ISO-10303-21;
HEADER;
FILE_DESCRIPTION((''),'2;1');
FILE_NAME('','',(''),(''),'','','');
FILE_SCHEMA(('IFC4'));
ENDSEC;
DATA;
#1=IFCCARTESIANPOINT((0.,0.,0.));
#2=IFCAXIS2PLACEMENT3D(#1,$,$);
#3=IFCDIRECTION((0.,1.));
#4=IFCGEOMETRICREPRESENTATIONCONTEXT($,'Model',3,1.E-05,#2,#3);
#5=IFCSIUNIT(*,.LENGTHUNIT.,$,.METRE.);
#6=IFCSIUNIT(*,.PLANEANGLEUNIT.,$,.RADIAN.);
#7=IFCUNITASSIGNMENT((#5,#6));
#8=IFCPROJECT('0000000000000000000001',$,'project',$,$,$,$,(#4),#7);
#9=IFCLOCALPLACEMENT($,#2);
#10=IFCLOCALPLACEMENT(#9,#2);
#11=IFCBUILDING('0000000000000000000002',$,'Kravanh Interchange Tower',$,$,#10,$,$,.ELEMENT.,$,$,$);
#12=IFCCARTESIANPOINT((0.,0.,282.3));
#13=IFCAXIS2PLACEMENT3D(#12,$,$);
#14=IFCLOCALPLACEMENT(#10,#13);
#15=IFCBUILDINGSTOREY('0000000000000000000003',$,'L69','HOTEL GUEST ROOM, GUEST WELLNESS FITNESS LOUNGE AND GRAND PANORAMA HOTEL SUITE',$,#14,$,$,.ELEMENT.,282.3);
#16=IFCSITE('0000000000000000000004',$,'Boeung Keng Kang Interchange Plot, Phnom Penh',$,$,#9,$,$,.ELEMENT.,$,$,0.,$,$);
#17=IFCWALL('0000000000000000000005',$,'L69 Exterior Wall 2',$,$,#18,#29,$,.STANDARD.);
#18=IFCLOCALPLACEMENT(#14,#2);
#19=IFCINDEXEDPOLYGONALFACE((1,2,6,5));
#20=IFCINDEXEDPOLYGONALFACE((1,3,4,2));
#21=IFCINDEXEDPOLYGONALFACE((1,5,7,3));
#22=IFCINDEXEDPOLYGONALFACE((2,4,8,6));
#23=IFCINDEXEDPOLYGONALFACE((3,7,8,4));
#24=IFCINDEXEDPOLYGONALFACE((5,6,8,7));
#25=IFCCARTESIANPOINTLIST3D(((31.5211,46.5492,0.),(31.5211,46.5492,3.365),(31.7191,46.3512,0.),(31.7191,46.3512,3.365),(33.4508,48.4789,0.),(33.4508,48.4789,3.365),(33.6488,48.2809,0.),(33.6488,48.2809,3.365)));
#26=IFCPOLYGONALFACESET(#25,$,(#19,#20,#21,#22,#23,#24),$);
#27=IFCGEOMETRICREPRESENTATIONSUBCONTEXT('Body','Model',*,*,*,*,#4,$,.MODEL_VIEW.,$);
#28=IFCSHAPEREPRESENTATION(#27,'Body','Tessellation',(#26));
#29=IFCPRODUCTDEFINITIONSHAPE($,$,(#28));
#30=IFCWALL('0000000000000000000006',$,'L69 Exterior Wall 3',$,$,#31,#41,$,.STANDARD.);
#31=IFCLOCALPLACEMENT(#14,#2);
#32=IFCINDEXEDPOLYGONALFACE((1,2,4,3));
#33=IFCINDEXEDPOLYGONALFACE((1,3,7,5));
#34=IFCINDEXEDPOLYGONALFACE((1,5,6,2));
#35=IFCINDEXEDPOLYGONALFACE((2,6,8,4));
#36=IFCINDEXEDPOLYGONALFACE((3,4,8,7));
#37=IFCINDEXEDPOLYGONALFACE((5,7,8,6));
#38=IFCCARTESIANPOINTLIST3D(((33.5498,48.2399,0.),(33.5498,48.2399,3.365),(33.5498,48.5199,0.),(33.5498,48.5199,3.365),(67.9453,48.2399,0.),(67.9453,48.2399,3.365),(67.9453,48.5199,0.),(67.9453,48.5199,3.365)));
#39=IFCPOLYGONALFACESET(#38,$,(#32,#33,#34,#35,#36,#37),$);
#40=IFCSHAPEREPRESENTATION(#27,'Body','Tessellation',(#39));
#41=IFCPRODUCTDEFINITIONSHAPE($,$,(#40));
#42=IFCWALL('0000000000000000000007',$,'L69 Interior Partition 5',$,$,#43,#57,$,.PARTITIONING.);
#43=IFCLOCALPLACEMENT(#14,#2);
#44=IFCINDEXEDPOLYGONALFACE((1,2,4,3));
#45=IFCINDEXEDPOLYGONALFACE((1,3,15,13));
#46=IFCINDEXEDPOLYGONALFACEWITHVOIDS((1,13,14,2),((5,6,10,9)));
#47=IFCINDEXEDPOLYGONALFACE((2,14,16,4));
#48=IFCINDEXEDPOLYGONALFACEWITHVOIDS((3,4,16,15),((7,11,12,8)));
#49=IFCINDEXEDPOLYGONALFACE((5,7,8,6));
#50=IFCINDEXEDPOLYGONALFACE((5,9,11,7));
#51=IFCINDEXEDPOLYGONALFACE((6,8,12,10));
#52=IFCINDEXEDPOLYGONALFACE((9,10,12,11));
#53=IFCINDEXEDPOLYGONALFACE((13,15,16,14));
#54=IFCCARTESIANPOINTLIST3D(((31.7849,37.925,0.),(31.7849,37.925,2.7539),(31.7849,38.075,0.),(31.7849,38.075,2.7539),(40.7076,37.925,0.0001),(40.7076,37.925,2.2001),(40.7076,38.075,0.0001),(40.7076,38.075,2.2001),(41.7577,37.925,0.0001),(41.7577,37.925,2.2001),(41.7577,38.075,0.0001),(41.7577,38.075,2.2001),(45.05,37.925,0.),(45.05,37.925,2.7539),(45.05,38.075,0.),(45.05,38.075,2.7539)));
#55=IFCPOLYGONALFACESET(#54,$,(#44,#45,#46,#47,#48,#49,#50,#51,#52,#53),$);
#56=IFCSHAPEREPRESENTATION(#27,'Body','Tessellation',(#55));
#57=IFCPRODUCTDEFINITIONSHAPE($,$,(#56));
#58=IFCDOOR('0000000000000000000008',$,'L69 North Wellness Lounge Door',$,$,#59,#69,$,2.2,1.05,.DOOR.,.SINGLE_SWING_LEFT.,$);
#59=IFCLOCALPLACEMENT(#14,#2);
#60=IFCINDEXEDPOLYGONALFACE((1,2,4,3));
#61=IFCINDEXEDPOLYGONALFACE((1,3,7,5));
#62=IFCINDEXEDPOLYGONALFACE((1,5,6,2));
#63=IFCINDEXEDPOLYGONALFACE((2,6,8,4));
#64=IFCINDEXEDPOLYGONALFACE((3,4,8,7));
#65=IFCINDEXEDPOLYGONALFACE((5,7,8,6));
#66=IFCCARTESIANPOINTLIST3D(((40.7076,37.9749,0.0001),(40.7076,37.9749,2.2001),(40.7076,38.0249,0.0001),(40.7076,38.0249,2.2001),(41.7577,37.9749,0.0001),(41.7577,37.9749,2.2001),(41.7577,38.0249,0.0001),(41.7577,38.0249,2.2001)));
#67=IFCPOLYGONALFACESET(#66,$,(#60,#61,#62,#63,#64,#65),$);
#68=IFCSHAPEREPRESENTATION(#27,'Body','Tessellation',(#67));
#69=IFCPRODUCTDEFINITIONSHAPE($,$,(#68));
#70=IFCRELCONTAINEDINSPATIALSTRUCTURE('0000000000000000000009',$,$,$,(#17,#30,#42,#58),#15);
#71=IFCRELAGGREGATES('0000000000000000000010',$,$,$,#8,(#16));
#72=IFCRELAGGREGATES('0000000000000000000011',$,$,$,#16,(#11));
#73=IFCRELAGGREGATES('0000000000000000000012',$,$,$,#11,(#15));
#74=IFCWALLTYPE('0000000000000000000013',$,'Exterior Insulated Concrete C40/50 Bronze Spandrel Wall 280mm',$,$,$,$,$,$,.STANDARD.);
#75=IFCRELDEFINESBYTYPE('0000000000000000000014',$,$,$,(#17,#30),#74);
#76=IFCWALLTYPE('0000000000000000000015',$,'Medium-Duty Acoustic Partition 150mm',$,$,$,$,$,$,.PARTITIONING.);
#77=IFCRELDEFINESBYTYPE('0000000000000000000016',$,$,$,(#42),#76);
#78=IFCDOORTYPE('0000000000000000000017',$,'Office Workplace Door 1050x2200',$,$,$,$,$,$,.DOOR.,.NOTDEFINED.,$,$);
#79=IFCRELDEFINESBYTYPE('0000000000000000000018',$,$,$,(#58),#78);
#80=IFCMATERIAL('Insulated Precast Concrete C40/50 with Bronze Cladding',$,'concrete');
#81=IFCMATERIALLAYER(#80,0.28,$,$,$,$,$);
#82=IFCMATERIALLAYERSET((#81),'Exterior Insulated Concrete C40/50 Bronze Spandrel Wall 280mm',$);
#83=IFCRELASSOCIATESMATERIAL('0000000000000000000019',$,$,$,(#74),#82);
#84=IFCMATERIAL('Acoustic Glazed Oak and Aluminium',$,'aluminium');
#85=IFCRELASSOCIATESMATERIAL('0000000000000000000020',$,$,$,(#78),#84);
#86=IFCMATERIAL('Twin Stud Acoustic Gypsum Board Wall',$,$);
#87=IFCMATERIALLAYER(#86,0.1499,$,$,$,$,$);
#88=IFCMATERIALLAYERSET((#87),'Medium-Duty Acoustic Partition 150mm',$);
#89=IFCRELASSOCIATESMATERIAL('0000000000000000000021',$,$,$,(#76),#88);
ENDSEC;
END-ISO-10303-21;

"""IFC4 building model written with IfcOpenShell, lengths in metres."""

from ifc_helpers import new_model, si_unit, direction, frame, frame_2d, origin, place, context, subcontext, project, spatial, rectangle, extrude, material, layer, layer_set, type_object, element, fill, save


model = new_model("IFC4")

# Units and contexts
model_context = context("Model", 3, precision=1e-05, world=origin(), true_north=direction((0.0, 1.0)))
body_context = subcontext(model_context, "Body", "Model", "MODEL_VIEW")
ifc_project = project(units=[si_unit("LENGTHUNIT", "METRE"), si_unit("PLANEANGLEUNIT", "RADIAN")], contexts=[model_context])

# Site, building, storey
site_placement = place(None, origin())
site = spatial("IfcSite", under=ifc_project, at=site_placement, Name="Boeung Keng Kang Interchange Plot, Phnom Penh", CompositionType="ELEMENT", RefElevation=0.0)
building_placement = place(site_placement, origin())
building = spatial("IfcBuilding", under=site, at=building_placement, Name="Kravanh Interchange Tower", CompositionType="ELEMENT")
storey_placement = place(building_placement, frame((0.0, 0.0, 282.3)))
storey = spatial("IfcBuildingStorey", under=building, at=storey_placement, Name="L69", Description="HOTEL GUEST ROOM, GUEST WELLNESS FITNESS LOUNGE AND GRAND PANORAMA HOTEL SUITE", CompositionType="ELEMENT", Elevation=282.3)

# Walls
ifc_material_1 = material(Name="Insulated Precast Concrete C40/50 with Bronze Cladding", Category="concrete")
ifc_layer_1 = layer(ifc_material_1, 0.28)
ifc_layer_set_1 = layer_set([ifc_layer_1], Name="Exterior Insulated Concrete C40/50 Bronze Spandrel Wall 280mm")
wall_type_1 = type_object("IfcWallType", Name="Exterior Insulated Concrete C40/50 Bronze Spandrel Wall 280mm", PredefinedType="STANDARD", material=ifc_layer_set_1)
wall_1_placement = place(storey_placement, frame((31.6201, 46.4502, 0.0), z_axis=(0.0, 0.0, 1.0), x_axis=(0.707107, 0.707107, 0.0)))
element("IfcWall", 1, at=wall_1_placement, inside=storey, type_object=wall_type_1, Name="L69 Exterior Wall 2", PredefinedType="STANDARD", context=body_context, shape_type="SweptSolid", body=[
    extrude(rectangle(XDim=2.729, YDim=0.28, at=frame_2d((1.3645, 0.0))), origin(), (0.0, 0.0, 1.0), 3.365),
])
wall_2_placement = place(storey_placement, frame((33.5498, 48.3799, 0.0), z_axis=(0.0, 0.0, 1.0), x_axis=(1.0, 0.0, 0.0)))
element("IfcWall", 2, at=wall_2_placement, inside=storey, type_object=wall_type_1, Name="L69 Exterior Wall 3", PredefinedType="STANDARD", context=body_context, shape_type="SweptSolid", body=[
    extrude(rectangle(XDim=34.3955, YDim=0.28, at=frame_2d((17.1978, 0.0))), origin(), (0.0, 0.0, 1.0), 3.365),
])

# Shared definitions
ifc_material_2 = material(Name="Acoustic Glazed Oak and Aluminium", Category="aluminium")
door_type_1 = type_object("IfcDoorType", Name="Office Workplace Door 1050x2200", OperationType="NOTDEFINED", PredefinedType="DOOR", material=ifc_material_2)

# Wall, opening, door
ifc_material_3 = material(Name="Twin Stud Acoustic Gypsum Board Wall")
ifc_layer_2 = layer(ifc_material_3, 0.1499)
ifc_layer_set_2 = layer_set([ifc_layer_2], Name="Medium-Duty Acoustic Partition 150mm")
wall_type_2 = type_object("IfcWallType", Name="Medium-Duty Acoustic Partition 150mm", PredefinedType="PARTITIONING", material=ifc_layer_set_2)
wall_3_placement = place(storey_placement, frame((31.7849, 38.0, 0.0), z_axis=(0.0, 0.0, 1.0), x_axis=(1.0, 0.0, 0.0)))
wall_3 = element("IfcWall", 3, at=wall_3_placement, inside=storey, type_object=wall_type_2, Name="L69 Interior Partition 5", PredefinedType="PARTITIONING", context=body_context, shape_type="SweptSolid", body=[
    extrude(rectangle(XDim=13.2651, YDim=0.1499, at=frame_2d((6.6326, 0.0))), origin(), (0.0, 0.0, 1.0), 2.7539),
])
opening_1_placement = place(wall_3_placement, frame((8.9229, 0.0, 0.0)))
opening_1 = element("IfcOpeningElement", 4, at=opening_1_placement, cuts=wall_3, PredefinedType="OPENING", context=body_context, shape_type="SweptSolid", body=[
    extrude(rectangle(XDim=1.05, YDim=2.2, at=frame_2d((0.5249, 1.1001))), frame((0.0, 0.085, 0.0), z_axis=(0.0, -1.0, 0.0), x_axis=(1.0, 0.0, 0.0)), (0.0, 0.0, 1.0), 0.1699),
])
door_1_placement = place(opening_1_placement, origin())
door_1 = element("IfcDoor", 5, at=door_1_placement, inside=storey, type_object=door_type_1, Name="L69 North Wellness Lounge Door", OperationType="SINGLE_SWING_LEFT", OverallHeight=2.2, OverallWidth=1.05, PredefinedType="DOOR", context=body_context, shape_type="SweptSolid", body=[
    extrude(rectangle(XDim=1.05, YDim=2.2, at=frame_2d((0.5249, 1.1001))), frame((0.0, 0.0249, 0.0), z_axis=(0.0, -1.0, 0.0), x_axis=(1.0, 0.0, 0.0)), (0.0, 0.0, 1.0), 0.05),
])
fill(opening_1, door_1)

save(model, "model.ifc")
